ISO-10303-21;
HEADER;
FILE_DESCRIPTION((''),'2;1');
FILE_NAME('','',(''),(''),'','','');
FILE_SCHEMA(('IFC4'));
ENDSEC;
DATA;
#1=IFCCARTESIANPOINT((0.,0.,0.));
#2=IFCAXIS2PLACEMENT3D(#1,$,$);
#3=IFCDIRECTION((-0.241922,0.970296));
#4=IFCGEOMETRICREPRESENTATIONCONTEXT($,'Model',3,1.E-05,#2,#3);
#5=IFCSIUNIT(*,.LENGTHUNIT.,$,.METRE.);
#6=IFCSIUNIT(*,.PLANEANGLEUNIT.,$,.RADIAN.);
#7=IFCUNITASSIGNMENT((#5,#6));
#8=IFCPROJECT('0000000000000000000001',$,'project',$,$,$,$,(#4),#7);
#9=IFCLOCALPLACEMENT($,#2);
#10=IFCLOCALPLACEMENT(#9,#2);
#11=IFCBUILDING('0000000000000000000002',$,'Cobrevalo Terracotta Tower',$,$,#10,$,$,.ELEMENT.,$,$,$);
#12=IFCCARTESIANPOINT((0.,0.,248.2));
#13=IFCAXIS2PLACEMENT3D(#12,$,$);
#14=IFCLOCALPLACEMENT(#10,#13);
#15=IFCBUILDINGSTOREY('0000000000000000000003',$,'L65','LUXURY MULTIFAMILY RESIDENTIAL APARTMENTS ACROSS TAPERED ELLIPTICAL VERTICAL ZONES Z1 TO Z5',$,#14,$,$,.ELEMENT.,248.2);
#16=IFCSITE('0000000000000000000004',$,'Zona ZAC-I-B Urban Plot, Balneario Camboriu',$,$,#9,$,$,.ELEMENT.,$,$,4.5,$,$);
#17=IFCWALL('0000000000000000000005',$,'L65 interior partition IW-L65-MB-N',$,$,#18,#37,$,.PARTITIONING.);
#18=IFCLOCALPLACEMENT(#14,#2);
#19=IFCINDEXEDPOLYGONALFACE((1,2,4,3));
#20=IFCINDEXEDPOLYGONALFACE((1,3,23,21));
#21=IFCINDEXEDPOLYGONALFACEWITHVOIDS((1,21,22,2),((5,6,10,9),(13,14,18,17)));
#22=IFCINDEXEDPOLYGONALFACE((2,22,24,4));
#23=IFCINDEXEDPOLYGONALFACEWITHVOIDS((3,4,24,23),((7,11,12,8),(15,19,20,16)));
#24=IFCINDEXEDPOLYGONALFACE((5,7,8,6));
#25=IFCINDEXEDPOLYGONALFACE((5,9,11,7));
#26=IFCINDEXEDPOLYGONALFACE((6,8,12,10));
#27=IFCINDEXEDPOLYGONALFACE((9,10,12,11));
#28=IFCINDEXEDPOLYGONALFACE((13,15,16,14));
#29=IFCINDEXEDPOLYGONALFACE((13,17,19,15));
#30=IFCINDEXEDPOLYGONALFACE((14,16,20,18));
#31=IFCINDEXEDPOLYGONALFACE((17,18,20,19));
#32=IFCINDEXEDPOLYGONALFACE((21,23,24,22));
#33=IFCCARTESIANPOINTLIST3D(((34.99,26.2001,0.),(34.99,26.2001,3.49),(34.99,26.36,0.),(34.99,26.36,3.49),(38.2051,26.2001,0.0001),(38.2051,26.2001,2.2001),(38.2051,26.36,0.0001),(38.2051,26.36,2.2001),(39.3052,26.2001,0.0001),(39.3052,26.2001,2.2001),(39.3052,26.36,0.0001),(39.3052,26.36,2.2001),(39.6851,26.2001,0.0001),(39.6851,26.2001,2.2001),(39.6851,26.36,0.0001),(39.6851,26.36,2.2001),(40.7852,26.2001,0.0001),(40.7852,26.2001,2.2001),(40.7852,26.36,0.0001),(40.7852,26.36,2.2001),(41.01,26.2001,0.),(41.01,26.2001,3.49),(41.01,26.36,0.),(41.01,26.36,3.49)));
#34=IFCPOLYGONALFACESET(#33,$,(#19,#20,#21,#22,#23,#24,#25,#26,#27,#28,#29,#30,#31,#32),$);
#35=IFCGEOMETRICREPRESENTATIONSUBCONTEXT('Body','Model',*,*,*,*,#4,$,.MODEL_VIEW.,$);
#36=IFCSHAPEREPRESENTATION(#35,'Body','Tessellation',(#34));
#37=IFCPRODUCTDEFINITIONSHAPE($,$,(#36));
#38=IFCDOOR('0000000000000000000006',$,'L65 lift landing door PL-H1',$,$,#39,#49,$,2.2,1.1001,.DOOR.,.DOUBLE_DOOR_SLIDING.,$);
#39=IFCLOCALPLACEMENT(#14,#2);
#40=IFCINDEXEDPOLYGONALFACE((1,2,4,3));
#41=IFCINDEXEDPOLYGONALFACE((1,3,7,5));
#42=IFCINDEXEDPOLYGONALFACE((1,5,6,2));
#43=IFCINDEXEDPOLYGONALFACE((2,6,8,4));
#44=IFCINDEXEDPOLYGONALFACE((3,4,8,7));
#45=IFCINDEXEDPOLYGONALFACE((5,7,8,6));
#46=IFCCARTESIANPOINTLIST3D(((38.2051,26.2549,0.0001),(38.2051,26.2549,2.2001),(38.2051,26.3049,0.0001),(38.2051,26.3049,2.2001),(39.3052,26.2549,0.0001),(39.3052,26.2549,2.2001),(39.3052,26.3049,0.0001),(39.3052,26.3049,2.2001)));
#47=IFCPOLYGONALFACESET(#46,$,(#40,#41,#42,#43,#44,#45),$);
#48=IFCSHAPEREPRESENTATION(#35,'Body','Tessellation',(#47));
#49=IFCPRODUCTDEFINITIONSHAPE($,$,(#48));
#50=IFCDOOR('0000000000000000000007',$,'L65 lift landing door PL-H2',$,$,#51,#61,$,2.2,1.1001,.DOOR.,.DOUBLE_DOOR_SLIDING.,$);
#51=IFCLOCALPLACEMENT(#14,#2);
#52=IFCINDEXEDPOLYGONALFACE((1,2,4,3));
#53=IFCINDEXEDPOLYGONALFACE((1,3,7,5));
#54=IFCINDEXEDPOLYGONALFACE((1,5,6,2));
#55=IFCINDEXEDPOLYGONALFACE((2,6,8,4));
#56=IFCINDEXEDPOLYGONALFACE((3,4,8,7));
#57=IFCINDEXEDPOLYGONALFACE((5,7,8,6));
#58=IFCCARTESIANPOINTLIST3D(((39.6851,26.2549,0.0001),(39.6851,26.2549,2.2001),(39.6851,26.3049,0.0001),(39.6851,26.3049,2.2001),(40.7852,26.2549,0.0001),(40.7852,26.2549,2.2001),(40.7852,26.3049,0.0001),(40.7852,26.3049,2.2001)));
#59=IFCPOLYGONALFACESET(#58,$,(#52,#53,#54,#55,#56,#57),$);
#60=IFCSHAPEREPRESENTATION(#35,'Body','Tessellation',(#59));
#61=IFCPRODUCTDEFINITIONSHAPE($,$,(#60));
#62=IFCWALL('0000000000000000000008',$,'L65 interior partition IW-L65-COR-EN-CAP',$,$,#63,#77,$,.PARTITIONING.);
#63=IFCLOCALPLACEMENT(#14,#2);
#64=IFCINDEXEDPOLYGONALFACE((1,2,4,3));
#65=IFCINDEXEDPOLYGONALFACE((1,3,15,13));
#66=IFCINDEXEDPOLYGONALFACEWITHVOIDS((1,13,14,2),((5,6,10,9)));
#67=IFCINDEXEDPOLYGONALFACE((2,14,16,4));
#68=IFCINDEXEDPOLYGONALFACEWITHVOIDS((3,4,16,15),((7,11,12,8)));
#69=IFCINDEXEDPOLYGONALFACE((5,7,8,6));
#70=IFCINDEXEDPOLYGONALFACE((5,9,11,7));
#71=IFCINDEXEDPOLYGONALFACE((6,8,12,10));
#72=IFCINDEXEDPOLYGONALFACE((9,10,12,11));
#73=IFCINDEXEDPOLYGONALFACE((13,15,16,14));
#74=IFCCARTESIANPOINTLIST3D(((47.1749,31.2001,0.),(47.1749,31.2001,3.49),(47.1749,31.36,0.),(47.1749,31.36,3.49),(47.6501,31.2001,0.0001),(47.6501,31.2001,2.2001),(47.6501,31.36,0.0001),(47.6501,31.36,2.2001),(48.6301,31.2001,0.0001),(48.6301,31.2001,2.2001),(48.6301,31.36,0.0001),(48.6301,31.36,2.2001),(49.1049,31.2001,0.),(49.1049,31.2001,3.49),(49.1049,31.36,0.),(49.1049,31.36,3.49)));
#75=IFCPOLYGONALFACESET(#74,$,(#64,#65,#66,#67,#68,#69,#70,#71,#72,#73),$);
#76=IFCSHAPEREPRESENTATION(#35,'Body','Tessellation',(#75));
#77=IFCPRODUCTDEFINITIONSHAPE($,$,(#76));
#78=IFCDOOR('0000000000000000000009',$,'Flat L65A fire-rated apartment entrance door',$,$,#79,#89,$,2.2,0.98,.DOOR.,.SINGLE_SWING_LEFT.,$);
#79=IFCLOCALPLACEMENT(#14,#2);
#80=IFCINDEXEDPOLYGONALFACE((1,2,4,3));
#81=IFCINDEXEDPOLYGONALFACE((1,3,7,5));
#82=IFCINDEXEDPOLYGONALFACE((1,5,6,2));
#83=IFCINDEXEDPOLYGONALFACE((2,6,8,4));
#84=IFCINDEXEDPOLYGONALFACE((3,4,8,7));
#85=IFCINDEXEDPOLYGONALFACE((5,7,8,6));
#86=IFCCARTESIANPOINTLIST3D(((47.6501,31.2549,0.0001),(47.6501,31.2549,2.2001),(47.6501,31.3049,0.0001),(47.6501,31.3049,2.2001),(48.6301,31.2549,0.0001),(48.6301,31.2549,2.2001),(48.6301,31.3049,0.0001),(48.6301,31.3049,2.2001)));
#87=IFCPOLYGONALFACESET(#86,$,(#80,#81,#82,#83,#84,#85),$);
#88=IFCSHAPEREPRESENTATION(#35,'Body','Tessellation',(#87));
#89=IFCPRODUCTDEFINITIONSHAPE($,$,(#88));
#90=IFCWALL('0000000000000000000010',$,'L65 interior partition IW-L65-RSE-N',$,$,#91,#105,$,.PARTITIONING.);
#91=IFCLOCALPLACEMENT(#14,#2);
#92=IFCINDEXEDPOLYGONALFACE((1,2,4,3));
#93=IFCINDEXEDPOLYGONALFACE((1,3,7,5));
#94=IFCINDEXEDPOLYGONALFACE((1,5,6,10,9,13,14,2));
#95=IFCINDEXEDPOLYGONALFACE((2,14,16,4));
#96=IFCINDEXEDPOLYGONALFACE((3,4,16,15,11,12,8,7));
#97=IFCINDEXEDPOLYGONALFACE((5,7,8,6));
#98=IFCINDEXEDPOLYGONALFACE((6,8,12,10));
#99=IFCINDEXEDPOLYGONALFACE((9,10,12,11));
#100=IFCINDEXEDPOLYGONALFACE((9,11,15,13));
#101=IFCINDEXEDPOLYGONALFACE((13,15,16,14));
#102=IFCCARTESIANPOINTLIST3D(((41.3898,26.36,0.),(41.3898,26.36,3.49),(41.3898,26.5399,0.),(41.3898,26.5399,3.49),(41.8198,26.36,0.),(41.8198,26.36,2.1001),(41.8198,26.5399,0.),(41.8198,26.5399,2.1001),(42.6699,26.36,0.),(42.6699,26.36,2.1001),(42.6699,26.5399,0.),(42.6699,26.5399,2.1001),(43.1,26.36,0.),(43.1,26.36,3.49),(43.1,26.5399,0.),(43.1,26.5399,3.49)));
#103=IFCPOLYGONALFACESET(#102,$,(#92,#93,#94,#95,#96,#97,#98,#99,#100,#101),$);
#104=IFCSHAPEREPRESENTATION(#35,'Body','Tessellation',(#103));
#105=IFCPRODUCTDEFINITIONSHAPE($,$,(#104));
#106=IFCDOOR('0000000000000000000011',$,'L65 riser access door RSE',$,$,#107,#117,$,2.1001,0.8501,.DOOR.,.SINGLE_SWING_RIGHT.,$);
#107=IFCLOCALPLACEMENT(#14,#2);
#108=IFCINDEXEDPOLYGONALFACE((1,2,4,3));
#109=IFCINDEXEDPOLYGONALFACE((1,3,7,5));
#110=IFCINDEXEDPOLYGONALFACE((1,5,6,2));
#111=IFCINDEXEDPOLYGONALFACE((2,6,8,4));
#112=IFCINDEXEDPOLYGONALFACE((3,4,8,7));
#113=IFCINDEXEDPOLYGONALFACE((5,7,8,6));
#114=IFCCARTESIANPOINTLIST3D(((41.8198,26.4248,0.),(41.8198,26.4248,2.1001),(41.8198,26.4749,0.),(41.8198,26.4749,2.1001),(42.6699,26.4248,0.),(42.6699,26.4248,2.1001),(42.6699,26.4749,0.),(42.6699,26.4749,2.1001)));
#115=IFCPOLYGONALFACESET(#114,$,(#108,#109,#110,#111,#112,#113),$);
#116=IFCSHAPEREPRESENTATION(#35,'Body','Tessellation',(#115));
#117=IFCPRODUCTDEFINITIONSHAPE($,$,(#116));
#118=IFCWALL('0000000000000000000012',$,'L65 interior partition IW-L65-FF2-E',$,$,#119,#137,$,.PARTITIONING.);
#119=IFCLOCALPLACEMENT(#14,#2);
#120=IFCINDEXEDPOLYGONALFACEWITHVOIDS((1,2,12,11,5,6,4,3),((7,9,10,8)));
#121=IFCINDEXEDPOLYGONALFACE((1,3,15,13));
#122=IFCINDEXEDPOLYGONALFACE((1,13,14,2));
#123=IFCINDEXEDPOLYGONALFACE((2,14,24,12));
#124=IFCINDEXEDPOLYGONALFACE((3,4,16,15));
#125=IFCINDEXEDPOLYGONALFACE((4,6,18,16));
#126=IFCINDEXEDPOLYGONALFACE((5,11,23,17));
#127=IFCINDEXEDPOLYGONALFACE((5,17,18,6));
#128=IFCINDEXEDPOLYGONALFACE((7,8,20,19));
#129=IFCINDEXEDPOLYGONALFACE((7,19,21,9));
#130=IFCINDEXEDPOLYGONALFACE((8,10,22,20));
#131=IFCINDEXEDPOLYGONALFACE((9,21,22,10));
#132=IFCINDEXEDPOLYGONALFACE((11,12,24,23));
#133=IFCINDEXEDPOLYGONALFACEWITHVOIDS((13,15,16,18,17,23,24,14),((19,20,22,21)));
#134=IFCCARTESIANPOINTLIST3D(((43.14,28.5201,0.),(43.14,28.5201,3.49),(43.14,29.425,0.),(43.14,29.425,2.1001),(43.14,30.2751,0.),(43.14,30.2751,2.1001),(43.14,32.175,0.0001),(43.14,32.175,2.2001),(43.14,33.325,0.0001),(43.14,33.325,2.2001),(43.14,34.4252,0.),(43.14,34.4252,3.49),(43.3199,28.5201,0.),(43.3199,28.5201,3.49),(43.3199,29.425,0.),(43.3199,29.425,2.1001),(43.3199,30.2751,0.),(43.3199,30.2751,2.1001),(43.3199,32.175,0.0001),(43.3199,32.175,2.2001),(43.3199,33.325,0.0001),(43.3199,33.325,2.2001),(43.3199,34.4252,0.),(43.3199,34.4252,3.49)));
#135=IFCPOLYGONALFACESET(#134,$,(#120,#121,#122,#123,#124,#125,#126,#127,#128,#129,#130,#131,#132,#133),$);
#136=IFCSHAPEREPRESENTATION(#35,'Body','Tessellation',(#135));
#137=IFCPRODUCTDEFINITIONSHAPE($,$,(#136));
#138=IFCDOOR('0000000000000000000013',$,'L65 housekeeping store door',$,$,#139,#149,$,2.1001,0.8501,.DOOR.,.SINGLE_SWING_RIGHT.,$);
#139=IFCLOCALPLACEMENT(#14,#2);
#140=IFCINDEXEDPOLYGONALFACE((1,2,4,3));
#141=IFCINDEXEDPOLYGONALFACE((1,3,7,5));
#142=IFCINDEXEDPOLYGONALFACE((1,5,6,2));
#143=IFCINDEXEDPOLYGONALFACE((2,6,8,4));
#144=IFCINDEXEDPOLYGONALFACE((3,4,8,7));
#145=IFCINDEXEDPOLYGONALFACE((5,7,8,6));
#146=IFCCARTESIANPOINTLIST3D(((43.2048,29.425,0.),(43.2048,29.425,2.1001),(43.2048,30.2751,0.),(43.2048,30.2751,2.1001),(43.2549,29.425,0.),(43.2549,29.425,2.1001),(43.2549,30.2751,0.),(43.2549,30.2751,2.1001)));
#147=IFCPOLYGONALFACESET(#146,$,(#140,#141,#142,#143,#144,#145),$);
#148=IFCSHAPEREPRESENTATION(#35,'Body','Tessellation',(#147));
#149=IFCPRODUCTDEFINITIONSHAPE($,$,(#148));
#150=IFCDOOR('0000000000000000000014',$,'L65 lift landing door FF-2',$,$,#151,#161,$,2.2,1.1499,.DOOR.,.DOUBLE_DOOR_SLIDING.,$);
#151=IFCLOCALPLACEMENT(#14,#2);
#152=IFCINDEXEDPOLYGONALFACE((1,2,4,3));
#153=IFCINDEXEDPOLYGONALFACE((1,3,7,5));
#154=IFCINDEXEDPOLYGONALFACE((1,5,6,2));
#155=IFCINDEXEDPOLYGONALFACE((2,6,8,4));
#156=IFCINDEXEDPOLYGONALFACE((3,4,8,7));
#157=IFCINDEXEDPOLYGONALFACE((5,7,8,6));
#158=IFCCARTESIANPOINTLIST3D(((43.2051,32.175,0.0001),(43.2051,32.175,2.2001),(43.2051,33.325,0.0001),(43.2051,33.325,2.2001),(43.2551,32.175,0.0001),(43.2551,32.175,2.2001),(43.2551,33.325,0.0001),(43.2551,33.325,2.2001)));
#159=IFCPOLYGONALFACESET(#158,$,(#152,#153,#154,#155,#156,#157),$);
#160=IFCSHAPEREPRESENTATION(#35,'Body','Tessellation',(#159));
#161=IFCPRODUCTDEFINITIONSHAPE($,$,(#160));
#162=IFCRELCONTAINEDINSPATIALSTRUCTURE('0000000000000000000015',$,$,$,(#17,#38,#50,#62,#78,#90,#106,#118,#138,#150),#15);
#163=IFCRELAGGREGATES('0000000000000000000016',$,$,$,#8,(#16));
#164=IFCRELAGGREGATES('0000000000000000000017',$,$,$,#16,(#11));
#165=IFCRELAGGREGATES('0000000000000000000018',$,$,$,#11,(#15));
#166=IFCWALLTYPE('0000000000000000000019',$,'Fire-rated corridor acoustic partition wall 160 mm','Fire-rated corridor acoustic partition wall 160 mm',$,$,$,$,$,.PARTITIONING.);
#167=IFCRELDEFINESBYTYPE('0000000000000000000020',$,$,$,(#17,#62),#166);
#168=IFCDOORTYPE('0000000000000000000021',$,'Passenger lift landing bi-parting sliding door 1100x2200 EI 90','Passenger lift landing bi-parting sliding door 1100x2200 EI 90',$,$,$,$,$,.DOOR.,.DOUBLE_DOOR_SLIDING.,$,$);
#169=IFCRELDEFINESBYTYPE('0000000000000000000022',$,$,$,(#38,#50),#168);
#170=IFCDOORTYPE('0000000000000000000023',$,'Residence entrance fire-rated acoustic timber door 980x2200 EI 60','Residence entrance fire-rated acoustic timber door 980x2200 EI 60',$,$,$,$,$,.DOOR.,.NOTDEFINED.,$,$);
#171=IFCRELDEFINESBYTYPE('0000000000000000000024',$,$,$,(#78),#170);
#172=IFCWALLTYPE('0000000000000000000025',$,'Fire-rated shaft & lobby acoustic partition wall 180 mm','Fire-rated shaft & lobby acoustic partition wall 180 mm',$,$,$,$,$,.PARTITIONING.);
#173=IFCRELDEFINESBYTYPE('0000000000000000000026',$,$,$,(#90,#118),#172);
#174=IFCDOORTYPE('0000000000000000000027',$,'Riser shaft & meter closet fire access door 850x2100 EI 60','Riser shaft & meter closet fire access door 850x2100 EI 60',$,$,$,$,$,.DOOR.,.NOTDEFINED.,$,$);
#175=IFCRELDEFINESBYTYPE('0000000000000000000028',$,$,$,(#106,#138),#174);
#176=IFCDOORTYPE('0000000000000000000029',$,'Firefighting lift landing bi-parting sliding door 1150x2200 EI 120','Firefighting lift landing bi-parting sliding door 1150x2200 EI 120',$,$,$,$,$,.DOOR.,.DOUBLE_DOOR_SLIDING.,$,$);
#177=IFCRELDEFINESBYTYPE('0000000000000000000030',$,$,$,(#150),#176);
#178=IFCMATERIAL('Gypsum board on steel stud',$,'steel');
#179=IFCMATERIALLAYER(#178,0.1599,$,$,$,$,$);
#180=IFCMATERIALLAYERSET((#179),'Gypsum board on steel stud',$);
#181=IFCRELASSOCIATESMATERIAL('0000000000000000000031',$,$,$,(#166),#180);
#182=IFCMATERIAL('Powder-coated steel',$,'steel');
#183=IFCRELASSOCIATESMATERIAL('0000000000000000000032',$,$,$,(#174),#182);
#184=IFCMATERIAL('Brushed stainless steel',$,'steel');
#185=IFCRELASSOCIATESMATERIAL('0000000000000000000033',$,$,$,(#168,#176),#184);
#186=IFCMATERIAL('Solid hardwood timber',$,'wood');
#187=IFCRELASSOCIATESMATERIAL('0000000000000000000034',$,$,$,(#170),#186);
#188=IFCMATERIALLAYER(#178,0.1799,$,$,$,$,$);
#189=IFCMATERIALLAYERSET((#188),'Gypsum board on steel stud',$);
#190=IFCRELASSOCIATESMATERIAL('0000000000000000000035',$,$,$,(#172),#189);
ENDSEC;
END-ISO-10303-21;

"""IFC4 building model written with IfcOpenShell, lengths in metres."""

from ifc_helpers import new_model, si_unit, direction, frame, frame_2d, origin, place, context, subcontext, project, spatial, rectangle, extrude, source, transform, mapped, material, layer, layer_set, type_object, element, fill, save


model = new_model("IFC4")

# Units and contexts
model_context = context("Model", 3, precision=1e-05, world=origin(), true_north=direction((-0.241922, 0.970296)))
body_context = subcontext(model_context, "Body", "Model", "MODEL_VIEW")
ifc_project = project(units=[si_unit("LENGTHUNIT", "METRE"), si_unit("PLANEANGLEUNIT", "RADIAN")], contexts=[model_context])

# Site, building, storey
site_placement = place(None, origin())
site = spatial("IfcSite", under=ifc_project, at=site_placement, Name="Zona ZAC-I-B Urban Plot, Balneario Camboriu", CompositionType="ELEMENT", RefElevation=4.5)
building_placement = place(site_placement, origin())
building = spatial("IfcBuilding", under=site, at=building_placement, Name="Cobrevalo Terracotta Tower", CompositionType="ELEMENT")
storey_placement = place(building_placement, frame((0.0, 0.0, 248.2)))
storey = spatial("IfcBuildingStorey", under=building, at=storey_placement, Name="L65", Description="LUXURY MULTIFAMILY RESIDENTIAL APARTMENTS ACROSS TAPERED ELLIPTICAL VERTICAL ZONES Z1 TO Z5", CompositionType="ELEMENT", Elevation=248.2)

# Shared definitions
ifc_material_1 = material(Name="Gypsum board on steel stud", Category="steel")
ifc_layer_1 = layer(ifc_material_1, 0.1599)
ifc_layer_set_1 = layer_set([ifc_layer_1], Name="Gypsum board on steel stud")
wall_type_1 = type_object("IfcWallType", Name="Fire-rated corridor acoustic partition wall 160 mm", Description="Fire-rated corridor acoustic partition wall 160 mm", PredefinedType="PARTITIONING", material=ifc_layer_set_1)

# Wall, openings, doors
ifc_material_2 = material(Name="Powder-coated steel", Category="steel")
door_type_1 = type_object("IfcDoorType", Name="Riser shaft & meter closet fire access door 850x2100 EI 60", Description="Riser shaft & meter closet fire access door 850x2100 EI 60", OperationType="NOTDEFINED", PredefinedType="DOOR", material=ifc_material_2)
shared_shape_1 = source(origin(), body_context, "Body", "SweptSolid", [
    extrude(rectangle(XDim=0.8501, YDim=2.1001, at=frame_2d((0.425, 1.05))), frame((0.0, 0.0249, 0.0), z_axis=(0.0, -1.0, 0.0), x_axis=(1.0, 0.0, 0.0)), (0.0, 0.0, 1.0), 0.05),
])
wall_1_placement = place(storey_placement, frame((34.99, 26.28, 0.0), z_axis=(0.0, 0.0, 1.0), x_axis=(1.0, 0.0, 0.0)))
wall_1 = element("IfcWall", 1, at=wall_1_placement, inside=storey, type_object=wall_type_1, Name="L65 interior partition IW-L65-MB-N", PredefinedType="PARTITIONING", context=body_context, shape_type="SweptSolid", body=[
    extrude(rectangle(XDim=6.02, YDim=0.1599, at=frame_2d((3.01, 0.0))), origin(), (0.0, 0.0, 1.0), 3.49),
])
opening_1_placement = place(wall_1_placement, frame((3.2151, 0.0, 0.0)))
opening_1 = element("IfcOpeningElement", 2, at=opening_1_placement, cuts=wall_1, PredefinedType="OPENING", context=body_context, shape_type="SweptSolid", body=[
    extrude(rectangle(XDim=1.1001, YDim=2.2, at=frame_2d((0.55, 1.1001))), frame((0.0, 0.0898, 0.0), z_axis=(0.0, -1.0, 0.0), x_axis=(1.0, 0.0, 0.0)), (0.0, 0.0, 1.0), 0.1799),
])
opening_2_placement = place(wall_1_placement, frame((4.6951, 0.0, 0.0)))
opening_2 = element("IfcOpeningElement", 3, at=opening_2_placement, cuts=wall_1, PredefinedType="OPENING", context=body_context, shape_type="SweptSolid", body=[
    extrude(rectangle(XDim=1.1001, YDim=2.2, at=frame_2d((0.55, 1.1001))), frame((0.0, 0.0898, 0.0), z_axis=(0.0, -1.0, 0.0), x_axis=(1.0, 0.0, 0.0)), (0.0, 0.0, 1.0), 0.1799),
])
ifc_material_3 = material(Name="Brushed stainless steel", Category="steel")
door_type_2 = type_object("IfcDoorType", Name="Passenger lift landing bi-parting sliding door 1100x2200 EI 90", Description="Passenger lift landing bi-parting sliding door 1100x2200 EI 90", OperationType="DOUBLE_DOOR_SLIDING", PredefinedType="DOOR", material=ifc_material_3)
shared_shape_2 = source(origin(), body_context, "Body", "SweptSolid", [
    extrude(rectangle(XDim=1.1001, YDim=2.2, at=frame_2d((0.55, 1.1001))), frame((0.0, 0.0249, 0.0), z_axis=(0.0, -1.0, 0.0), x_axis=(1.0, 0.0, 0.0)), (0.0, 0.0, 1.0), 0.05),
])
door_1_placement = place(opening_1_placement, origin())
door_1 = element("IfcDoor", 4, at=door_1_placement, inside=storey, type_object=door_type_2, Name="L65 lift landing door PL-H1", OperationType="DOUBLE_DOOR_SLIDING", OverallHeight=2.2, OverallWidth=1.1001, PredefinedType="DOOR", context=body_context, shape_type="MappedRepresentation", body=[
    mapped(shared_shape_2, transform((0.0, 0.0, 0.0), scale=1.0)),
])
fill(opening_1, door_1)
door_2_placement = place(opening_2_placement, origin())
door_2 = element("IfcDoor", 5, at=door_2_placement, inside=storey, type_object=door_type_2, Name="L65 lift landing door PL-H2", OperationType="DOUBLE_DOOR_SLIDING", OverallHeight=2.2, OverallWidth=1.1001, PredefinedType="DOOR", context=body_context, shape_type="MappedRepresentation", body=[
    mapped(shared_shape_2, transform((0.0, 0.0, 0.0), scale=1.0)),
])
fill(opening_2, door_2)

# Walls, openings, doors
wall_2_placement = place(storey_placement, frame((47.175, 31.28, 0.0), z_axis=(0.0, 0.0, 1.0), x_axis=(1.0, 0.0, 0.0)))
wall_2 = element("IfcWall", 6, at=wall_2_placement, inside=storey, type_object=wall_type_1, Name="L65 interior partition IW-L65-COR-EN-CAP", PredefinedType="PARTITIONING", context=body_context, shape_type="SweptSolid", body=[
    extrude(rectangle(XDim=1.9299, YDim=0.1599, at=frame_2d((0.9648, 0.0))), origin(), (0.0, 0.0, 1.0), 3.49),
])
opening_3_placement = place(wall_2_placement, frame((0.4751, 0.0, 0.0)))
opening_3 = element("IfcOpeningElement", 7, at=opening_3_placement, cuts=wall_2, PredefinedType="OPENING", context=body_context, shape_type="SweptSolid", body=[
    extrude(rectangle(XDim=0.98, YDim=2.2, at=frame_2d((0.49, 1.1001))), frame((0.0, 0.0898, 0.0), z_axis=(0.0, -1.0, 0.0), x_axis=(1.0, 0.0, 0.0)), (0.0, 0.0, 1.0), 0.1799),
])
ifc_material_4 = material(Name="Solid hardwood timber", Category="wood")
door_type_3 = type_object("IfcDoorType", Name="Residence entrance fire-rated acoustic timber door 980x2200 EI 60", Description="Residence entrance fire-rated acoustic timber door 980x2200 EI 60", OperationType="NOTDEFINED", PredefinedType="DOOR", material=ifc_material_4)
shared_shape_3 = source(origin(), body_context, "Body", "SweptSolid", [
    extrude(rectangle(XDim=0.98, YDim=2.2, at=frame_2d((0.49, 1.1001))), frame((0.0, 0.0249, 0.0), z_axis=(0.0, -1.0, 0.0), x_axis=(1.0, 0.0, 0.0)), (0.0, 0.0, 1.0), 0.05),
])
door_3_placement = place(opening_3_placement, origin())
door_3 = element("IfcDoor", 8, at=door_3_placement, inside=storey, type_object=door_type_3, Name="Flat L65A fire-rated apartment entrance door", OperationType="SINGLE_SWING_LEFT", OverallHeight=2.2, OverallWidth=0.98, PredefinedType="DOOR", context=body_context, shape_type="MappedRepresentation", body=[
    mapped(shared_shape_3, transform((0.0, 0.0, 0.0), scale=1.0)),
])
fill(opening_3, door_3)
ifc_layer_2 = layer(ifc_material_1, 0.1799)
ifc_layer_set_2 = layer_set([ifc_layer_2], Name="Gypsum board on steel stud")
wall_type_2 = type_object("IfcWallType", Name="Fire-rated shaft & lobby acoustic partition wall 180 mm", Description="Fire-rated shaft & lobby acoustic partition wall 180 mm", PredefinedType="PARTITIONING", material=ifc_layer_set_2)
wall_3_placement = place(storey_placement, frame((41.3899, 26.45, 0.0), z_axis=(0.0, 0.0, 1.0), x_axis=(1.0, 0.0, 0.0)))
wall_3 = element("IfcWall", 9, at=wall_3_placement, inside=storey, type_object=wall_type_2, Name="L65 interior partition IW-L65-RSE-N", PredefinedType="PARTITIONING", context=body_context, shape_type="SweptSolid", body=[
    extrude(rectangle(XDim=1.7102, YDim=0.1799, at=frame_2d((0.855, 0.0))), origin(), (0.0, 0.0, 1.0), 3.49),
])
opening_4_placement = place(wall_3_placement, frame((0.4299, 0.0, 0.0)))
opening_4 = element("IfcOpeningElement", 10, at=opening_4_placement, cuts=wall_3, PredefinedType="OPENING", context=body_context, shape_type="SweptSolid", body=[
    extrude(rectangle(XDim=0.8501, YDim=2.1001, at=frame_2d((0.425, 1.05))), frame((0.0, 0.1001, 0.0), z_axis=(0.0, -1.0, 0.0), x_axis=(1.0, 0.0, 0.0)), (0.0, 0.0, 1.0), 0.2),
])
door_4_placement = place(opening_4_placement, origin())
door_4 = element("IfcDoor", 11, at=door_4_placement, inside=storey, type_object=door_type_1, Name="L65 riser access door RSE", OperationType="SINGLE_SWING_RIGHT", OverallHeight=2.1001, OverallWidth=0.8501, PredefinedType="DOOR", context=body_context, shape_type="MappedRepresentation", body=[
    mapped(shared_shape_1, transform((0.0, 0.0, 0.0), scale=1.0)),
])
fill(opening_4, door_4)

# Wall, openings, doors
wall_4_placement = place(storey_placement, frame((43.23, 28.52, 0.0), z_axis=(0.0, 0.0, 1.0), x_axis=(0.0, 1.0, 0.0)))
wall_4 = element("IfcWall", 12, at=wall_4_placement, inside=storey, type_object=wall_type_2, Name="L65 interior partition IW-L65-FF2-E", PredefinedType="PARTITIONING", context=body_context, shape_type="SweptSolid", body=[
    extrude(rectangle(XDim=5.905, YDim=0.1799, at=frame_2d((2.9526, 0.0))), origin(), (0.0, 0.0, 1.0), 3.49),
])
opening_5_placement = place(wall_4_placement, frame((0.905, 0.0, 0.0)))
opening_5 = element("IfcOpeningElement", 13, at=opening_5_placement, cuts=wall_4, PredefinedType="OPENING", context=body_context, shape_type="SweptSolid", body=[
    extrude(rectangle(XDim=0.8501, YDim=2.1001, at=frame_2d((0.425, 1.05))), frame((0.0, 0.1001, 0.0), z_axis=(0.0, -1.0, 0.0), x_axis=(1.0, 0.0, 0.0)), (0.0, 0.0, 1.0), 0.2),
])
opening_6_placement = place(wall_4_placement, frame((3.655, 0.0, 0.0)))
opening_6 = element("IfcOpeningElement", 14, at=opening_6_placement, cuts=wall_4, PredefinedType="OPENING", context=body_context, shape_type="SweptSolid", body=[
    extrude(rectangle(XDim=1.1499, YDim=2.2, at=frame_2d((0.575, 1.1001))), frame((0.0, 0.1001, 0.0), z_axis=(0.0, -1.0, 0.0), x_axis=(1.0, 0.0, 0.0)), (0.0, 0.0, 1.0), 0.2),
])
door_5_placement = place(opening_5_placement, frame((0.8501, 0.0, 0.0), z_axis=(0.0, 0.0, 1.0), x_axis=(-1.0, 0.0, 0.0)))
door_5 = element("IfcDoor", 15, at=door_5_placement, inside=storey, type_object=door_type_1, Name="L65 housekeeping store door", OperationType="SINGLE_SWING_RIGHT", OverallHeight=2.1001, OverallWidth=0.8501, PredefinedType="DOOR", context=body_context, shape_type="MappedRepresentation", body=[
    mapped(shared_shape_1, transform((0.0, 0.0, 0.0), scale=1.0)),
])
fill(opening_5, door_5)
door_type_4 = type_object("IfcDoorType", Name="Firefighting lift landing bi-parting sliding door 1150x2200 EI 120", Description="Firefighting lift landing bi-parting sliding door 1150x2200 EI 120", OperationType="DOUBLE_DOOR_SLIDING", PredefinedType="DOOR", material=ifc_material_3)
shared_shape_4 = source(origin(), body_context, "Body", "SweptSolid", [
    extrude(rectangle(XDim=1.1499, YDim=2.2, at=frame_2d((0.575, 1.1001))), frame((0.0, 0.0249, 0.0), z_axis=(0.0, -1.0, 0.0), x_axis=(1.0, 0.0, 0.0)), (0.0, 0.0, 1.0), 0.05),
])
door_6_placement = place(opening_6_placement, origin())
door_6 = element("IfcDoor", 16, at=door_6_placement, inside=storey, type_object=door_type_4, Name="L65 lift landing door FF-2", OperationType="DOUBLE_DOOR_SLIDING", OverallHeight=2.2, OverallWidth=1.1499, PredefinedType="DOOR", context=body_context, shape_type="MappedRepresentation", body=[
    mapped(shared_shape_4, transform((0.0, 0.0, 0.0), scale=1.0)),
])
fill(opening_6, door_6)

save(model, "model.ifc")
